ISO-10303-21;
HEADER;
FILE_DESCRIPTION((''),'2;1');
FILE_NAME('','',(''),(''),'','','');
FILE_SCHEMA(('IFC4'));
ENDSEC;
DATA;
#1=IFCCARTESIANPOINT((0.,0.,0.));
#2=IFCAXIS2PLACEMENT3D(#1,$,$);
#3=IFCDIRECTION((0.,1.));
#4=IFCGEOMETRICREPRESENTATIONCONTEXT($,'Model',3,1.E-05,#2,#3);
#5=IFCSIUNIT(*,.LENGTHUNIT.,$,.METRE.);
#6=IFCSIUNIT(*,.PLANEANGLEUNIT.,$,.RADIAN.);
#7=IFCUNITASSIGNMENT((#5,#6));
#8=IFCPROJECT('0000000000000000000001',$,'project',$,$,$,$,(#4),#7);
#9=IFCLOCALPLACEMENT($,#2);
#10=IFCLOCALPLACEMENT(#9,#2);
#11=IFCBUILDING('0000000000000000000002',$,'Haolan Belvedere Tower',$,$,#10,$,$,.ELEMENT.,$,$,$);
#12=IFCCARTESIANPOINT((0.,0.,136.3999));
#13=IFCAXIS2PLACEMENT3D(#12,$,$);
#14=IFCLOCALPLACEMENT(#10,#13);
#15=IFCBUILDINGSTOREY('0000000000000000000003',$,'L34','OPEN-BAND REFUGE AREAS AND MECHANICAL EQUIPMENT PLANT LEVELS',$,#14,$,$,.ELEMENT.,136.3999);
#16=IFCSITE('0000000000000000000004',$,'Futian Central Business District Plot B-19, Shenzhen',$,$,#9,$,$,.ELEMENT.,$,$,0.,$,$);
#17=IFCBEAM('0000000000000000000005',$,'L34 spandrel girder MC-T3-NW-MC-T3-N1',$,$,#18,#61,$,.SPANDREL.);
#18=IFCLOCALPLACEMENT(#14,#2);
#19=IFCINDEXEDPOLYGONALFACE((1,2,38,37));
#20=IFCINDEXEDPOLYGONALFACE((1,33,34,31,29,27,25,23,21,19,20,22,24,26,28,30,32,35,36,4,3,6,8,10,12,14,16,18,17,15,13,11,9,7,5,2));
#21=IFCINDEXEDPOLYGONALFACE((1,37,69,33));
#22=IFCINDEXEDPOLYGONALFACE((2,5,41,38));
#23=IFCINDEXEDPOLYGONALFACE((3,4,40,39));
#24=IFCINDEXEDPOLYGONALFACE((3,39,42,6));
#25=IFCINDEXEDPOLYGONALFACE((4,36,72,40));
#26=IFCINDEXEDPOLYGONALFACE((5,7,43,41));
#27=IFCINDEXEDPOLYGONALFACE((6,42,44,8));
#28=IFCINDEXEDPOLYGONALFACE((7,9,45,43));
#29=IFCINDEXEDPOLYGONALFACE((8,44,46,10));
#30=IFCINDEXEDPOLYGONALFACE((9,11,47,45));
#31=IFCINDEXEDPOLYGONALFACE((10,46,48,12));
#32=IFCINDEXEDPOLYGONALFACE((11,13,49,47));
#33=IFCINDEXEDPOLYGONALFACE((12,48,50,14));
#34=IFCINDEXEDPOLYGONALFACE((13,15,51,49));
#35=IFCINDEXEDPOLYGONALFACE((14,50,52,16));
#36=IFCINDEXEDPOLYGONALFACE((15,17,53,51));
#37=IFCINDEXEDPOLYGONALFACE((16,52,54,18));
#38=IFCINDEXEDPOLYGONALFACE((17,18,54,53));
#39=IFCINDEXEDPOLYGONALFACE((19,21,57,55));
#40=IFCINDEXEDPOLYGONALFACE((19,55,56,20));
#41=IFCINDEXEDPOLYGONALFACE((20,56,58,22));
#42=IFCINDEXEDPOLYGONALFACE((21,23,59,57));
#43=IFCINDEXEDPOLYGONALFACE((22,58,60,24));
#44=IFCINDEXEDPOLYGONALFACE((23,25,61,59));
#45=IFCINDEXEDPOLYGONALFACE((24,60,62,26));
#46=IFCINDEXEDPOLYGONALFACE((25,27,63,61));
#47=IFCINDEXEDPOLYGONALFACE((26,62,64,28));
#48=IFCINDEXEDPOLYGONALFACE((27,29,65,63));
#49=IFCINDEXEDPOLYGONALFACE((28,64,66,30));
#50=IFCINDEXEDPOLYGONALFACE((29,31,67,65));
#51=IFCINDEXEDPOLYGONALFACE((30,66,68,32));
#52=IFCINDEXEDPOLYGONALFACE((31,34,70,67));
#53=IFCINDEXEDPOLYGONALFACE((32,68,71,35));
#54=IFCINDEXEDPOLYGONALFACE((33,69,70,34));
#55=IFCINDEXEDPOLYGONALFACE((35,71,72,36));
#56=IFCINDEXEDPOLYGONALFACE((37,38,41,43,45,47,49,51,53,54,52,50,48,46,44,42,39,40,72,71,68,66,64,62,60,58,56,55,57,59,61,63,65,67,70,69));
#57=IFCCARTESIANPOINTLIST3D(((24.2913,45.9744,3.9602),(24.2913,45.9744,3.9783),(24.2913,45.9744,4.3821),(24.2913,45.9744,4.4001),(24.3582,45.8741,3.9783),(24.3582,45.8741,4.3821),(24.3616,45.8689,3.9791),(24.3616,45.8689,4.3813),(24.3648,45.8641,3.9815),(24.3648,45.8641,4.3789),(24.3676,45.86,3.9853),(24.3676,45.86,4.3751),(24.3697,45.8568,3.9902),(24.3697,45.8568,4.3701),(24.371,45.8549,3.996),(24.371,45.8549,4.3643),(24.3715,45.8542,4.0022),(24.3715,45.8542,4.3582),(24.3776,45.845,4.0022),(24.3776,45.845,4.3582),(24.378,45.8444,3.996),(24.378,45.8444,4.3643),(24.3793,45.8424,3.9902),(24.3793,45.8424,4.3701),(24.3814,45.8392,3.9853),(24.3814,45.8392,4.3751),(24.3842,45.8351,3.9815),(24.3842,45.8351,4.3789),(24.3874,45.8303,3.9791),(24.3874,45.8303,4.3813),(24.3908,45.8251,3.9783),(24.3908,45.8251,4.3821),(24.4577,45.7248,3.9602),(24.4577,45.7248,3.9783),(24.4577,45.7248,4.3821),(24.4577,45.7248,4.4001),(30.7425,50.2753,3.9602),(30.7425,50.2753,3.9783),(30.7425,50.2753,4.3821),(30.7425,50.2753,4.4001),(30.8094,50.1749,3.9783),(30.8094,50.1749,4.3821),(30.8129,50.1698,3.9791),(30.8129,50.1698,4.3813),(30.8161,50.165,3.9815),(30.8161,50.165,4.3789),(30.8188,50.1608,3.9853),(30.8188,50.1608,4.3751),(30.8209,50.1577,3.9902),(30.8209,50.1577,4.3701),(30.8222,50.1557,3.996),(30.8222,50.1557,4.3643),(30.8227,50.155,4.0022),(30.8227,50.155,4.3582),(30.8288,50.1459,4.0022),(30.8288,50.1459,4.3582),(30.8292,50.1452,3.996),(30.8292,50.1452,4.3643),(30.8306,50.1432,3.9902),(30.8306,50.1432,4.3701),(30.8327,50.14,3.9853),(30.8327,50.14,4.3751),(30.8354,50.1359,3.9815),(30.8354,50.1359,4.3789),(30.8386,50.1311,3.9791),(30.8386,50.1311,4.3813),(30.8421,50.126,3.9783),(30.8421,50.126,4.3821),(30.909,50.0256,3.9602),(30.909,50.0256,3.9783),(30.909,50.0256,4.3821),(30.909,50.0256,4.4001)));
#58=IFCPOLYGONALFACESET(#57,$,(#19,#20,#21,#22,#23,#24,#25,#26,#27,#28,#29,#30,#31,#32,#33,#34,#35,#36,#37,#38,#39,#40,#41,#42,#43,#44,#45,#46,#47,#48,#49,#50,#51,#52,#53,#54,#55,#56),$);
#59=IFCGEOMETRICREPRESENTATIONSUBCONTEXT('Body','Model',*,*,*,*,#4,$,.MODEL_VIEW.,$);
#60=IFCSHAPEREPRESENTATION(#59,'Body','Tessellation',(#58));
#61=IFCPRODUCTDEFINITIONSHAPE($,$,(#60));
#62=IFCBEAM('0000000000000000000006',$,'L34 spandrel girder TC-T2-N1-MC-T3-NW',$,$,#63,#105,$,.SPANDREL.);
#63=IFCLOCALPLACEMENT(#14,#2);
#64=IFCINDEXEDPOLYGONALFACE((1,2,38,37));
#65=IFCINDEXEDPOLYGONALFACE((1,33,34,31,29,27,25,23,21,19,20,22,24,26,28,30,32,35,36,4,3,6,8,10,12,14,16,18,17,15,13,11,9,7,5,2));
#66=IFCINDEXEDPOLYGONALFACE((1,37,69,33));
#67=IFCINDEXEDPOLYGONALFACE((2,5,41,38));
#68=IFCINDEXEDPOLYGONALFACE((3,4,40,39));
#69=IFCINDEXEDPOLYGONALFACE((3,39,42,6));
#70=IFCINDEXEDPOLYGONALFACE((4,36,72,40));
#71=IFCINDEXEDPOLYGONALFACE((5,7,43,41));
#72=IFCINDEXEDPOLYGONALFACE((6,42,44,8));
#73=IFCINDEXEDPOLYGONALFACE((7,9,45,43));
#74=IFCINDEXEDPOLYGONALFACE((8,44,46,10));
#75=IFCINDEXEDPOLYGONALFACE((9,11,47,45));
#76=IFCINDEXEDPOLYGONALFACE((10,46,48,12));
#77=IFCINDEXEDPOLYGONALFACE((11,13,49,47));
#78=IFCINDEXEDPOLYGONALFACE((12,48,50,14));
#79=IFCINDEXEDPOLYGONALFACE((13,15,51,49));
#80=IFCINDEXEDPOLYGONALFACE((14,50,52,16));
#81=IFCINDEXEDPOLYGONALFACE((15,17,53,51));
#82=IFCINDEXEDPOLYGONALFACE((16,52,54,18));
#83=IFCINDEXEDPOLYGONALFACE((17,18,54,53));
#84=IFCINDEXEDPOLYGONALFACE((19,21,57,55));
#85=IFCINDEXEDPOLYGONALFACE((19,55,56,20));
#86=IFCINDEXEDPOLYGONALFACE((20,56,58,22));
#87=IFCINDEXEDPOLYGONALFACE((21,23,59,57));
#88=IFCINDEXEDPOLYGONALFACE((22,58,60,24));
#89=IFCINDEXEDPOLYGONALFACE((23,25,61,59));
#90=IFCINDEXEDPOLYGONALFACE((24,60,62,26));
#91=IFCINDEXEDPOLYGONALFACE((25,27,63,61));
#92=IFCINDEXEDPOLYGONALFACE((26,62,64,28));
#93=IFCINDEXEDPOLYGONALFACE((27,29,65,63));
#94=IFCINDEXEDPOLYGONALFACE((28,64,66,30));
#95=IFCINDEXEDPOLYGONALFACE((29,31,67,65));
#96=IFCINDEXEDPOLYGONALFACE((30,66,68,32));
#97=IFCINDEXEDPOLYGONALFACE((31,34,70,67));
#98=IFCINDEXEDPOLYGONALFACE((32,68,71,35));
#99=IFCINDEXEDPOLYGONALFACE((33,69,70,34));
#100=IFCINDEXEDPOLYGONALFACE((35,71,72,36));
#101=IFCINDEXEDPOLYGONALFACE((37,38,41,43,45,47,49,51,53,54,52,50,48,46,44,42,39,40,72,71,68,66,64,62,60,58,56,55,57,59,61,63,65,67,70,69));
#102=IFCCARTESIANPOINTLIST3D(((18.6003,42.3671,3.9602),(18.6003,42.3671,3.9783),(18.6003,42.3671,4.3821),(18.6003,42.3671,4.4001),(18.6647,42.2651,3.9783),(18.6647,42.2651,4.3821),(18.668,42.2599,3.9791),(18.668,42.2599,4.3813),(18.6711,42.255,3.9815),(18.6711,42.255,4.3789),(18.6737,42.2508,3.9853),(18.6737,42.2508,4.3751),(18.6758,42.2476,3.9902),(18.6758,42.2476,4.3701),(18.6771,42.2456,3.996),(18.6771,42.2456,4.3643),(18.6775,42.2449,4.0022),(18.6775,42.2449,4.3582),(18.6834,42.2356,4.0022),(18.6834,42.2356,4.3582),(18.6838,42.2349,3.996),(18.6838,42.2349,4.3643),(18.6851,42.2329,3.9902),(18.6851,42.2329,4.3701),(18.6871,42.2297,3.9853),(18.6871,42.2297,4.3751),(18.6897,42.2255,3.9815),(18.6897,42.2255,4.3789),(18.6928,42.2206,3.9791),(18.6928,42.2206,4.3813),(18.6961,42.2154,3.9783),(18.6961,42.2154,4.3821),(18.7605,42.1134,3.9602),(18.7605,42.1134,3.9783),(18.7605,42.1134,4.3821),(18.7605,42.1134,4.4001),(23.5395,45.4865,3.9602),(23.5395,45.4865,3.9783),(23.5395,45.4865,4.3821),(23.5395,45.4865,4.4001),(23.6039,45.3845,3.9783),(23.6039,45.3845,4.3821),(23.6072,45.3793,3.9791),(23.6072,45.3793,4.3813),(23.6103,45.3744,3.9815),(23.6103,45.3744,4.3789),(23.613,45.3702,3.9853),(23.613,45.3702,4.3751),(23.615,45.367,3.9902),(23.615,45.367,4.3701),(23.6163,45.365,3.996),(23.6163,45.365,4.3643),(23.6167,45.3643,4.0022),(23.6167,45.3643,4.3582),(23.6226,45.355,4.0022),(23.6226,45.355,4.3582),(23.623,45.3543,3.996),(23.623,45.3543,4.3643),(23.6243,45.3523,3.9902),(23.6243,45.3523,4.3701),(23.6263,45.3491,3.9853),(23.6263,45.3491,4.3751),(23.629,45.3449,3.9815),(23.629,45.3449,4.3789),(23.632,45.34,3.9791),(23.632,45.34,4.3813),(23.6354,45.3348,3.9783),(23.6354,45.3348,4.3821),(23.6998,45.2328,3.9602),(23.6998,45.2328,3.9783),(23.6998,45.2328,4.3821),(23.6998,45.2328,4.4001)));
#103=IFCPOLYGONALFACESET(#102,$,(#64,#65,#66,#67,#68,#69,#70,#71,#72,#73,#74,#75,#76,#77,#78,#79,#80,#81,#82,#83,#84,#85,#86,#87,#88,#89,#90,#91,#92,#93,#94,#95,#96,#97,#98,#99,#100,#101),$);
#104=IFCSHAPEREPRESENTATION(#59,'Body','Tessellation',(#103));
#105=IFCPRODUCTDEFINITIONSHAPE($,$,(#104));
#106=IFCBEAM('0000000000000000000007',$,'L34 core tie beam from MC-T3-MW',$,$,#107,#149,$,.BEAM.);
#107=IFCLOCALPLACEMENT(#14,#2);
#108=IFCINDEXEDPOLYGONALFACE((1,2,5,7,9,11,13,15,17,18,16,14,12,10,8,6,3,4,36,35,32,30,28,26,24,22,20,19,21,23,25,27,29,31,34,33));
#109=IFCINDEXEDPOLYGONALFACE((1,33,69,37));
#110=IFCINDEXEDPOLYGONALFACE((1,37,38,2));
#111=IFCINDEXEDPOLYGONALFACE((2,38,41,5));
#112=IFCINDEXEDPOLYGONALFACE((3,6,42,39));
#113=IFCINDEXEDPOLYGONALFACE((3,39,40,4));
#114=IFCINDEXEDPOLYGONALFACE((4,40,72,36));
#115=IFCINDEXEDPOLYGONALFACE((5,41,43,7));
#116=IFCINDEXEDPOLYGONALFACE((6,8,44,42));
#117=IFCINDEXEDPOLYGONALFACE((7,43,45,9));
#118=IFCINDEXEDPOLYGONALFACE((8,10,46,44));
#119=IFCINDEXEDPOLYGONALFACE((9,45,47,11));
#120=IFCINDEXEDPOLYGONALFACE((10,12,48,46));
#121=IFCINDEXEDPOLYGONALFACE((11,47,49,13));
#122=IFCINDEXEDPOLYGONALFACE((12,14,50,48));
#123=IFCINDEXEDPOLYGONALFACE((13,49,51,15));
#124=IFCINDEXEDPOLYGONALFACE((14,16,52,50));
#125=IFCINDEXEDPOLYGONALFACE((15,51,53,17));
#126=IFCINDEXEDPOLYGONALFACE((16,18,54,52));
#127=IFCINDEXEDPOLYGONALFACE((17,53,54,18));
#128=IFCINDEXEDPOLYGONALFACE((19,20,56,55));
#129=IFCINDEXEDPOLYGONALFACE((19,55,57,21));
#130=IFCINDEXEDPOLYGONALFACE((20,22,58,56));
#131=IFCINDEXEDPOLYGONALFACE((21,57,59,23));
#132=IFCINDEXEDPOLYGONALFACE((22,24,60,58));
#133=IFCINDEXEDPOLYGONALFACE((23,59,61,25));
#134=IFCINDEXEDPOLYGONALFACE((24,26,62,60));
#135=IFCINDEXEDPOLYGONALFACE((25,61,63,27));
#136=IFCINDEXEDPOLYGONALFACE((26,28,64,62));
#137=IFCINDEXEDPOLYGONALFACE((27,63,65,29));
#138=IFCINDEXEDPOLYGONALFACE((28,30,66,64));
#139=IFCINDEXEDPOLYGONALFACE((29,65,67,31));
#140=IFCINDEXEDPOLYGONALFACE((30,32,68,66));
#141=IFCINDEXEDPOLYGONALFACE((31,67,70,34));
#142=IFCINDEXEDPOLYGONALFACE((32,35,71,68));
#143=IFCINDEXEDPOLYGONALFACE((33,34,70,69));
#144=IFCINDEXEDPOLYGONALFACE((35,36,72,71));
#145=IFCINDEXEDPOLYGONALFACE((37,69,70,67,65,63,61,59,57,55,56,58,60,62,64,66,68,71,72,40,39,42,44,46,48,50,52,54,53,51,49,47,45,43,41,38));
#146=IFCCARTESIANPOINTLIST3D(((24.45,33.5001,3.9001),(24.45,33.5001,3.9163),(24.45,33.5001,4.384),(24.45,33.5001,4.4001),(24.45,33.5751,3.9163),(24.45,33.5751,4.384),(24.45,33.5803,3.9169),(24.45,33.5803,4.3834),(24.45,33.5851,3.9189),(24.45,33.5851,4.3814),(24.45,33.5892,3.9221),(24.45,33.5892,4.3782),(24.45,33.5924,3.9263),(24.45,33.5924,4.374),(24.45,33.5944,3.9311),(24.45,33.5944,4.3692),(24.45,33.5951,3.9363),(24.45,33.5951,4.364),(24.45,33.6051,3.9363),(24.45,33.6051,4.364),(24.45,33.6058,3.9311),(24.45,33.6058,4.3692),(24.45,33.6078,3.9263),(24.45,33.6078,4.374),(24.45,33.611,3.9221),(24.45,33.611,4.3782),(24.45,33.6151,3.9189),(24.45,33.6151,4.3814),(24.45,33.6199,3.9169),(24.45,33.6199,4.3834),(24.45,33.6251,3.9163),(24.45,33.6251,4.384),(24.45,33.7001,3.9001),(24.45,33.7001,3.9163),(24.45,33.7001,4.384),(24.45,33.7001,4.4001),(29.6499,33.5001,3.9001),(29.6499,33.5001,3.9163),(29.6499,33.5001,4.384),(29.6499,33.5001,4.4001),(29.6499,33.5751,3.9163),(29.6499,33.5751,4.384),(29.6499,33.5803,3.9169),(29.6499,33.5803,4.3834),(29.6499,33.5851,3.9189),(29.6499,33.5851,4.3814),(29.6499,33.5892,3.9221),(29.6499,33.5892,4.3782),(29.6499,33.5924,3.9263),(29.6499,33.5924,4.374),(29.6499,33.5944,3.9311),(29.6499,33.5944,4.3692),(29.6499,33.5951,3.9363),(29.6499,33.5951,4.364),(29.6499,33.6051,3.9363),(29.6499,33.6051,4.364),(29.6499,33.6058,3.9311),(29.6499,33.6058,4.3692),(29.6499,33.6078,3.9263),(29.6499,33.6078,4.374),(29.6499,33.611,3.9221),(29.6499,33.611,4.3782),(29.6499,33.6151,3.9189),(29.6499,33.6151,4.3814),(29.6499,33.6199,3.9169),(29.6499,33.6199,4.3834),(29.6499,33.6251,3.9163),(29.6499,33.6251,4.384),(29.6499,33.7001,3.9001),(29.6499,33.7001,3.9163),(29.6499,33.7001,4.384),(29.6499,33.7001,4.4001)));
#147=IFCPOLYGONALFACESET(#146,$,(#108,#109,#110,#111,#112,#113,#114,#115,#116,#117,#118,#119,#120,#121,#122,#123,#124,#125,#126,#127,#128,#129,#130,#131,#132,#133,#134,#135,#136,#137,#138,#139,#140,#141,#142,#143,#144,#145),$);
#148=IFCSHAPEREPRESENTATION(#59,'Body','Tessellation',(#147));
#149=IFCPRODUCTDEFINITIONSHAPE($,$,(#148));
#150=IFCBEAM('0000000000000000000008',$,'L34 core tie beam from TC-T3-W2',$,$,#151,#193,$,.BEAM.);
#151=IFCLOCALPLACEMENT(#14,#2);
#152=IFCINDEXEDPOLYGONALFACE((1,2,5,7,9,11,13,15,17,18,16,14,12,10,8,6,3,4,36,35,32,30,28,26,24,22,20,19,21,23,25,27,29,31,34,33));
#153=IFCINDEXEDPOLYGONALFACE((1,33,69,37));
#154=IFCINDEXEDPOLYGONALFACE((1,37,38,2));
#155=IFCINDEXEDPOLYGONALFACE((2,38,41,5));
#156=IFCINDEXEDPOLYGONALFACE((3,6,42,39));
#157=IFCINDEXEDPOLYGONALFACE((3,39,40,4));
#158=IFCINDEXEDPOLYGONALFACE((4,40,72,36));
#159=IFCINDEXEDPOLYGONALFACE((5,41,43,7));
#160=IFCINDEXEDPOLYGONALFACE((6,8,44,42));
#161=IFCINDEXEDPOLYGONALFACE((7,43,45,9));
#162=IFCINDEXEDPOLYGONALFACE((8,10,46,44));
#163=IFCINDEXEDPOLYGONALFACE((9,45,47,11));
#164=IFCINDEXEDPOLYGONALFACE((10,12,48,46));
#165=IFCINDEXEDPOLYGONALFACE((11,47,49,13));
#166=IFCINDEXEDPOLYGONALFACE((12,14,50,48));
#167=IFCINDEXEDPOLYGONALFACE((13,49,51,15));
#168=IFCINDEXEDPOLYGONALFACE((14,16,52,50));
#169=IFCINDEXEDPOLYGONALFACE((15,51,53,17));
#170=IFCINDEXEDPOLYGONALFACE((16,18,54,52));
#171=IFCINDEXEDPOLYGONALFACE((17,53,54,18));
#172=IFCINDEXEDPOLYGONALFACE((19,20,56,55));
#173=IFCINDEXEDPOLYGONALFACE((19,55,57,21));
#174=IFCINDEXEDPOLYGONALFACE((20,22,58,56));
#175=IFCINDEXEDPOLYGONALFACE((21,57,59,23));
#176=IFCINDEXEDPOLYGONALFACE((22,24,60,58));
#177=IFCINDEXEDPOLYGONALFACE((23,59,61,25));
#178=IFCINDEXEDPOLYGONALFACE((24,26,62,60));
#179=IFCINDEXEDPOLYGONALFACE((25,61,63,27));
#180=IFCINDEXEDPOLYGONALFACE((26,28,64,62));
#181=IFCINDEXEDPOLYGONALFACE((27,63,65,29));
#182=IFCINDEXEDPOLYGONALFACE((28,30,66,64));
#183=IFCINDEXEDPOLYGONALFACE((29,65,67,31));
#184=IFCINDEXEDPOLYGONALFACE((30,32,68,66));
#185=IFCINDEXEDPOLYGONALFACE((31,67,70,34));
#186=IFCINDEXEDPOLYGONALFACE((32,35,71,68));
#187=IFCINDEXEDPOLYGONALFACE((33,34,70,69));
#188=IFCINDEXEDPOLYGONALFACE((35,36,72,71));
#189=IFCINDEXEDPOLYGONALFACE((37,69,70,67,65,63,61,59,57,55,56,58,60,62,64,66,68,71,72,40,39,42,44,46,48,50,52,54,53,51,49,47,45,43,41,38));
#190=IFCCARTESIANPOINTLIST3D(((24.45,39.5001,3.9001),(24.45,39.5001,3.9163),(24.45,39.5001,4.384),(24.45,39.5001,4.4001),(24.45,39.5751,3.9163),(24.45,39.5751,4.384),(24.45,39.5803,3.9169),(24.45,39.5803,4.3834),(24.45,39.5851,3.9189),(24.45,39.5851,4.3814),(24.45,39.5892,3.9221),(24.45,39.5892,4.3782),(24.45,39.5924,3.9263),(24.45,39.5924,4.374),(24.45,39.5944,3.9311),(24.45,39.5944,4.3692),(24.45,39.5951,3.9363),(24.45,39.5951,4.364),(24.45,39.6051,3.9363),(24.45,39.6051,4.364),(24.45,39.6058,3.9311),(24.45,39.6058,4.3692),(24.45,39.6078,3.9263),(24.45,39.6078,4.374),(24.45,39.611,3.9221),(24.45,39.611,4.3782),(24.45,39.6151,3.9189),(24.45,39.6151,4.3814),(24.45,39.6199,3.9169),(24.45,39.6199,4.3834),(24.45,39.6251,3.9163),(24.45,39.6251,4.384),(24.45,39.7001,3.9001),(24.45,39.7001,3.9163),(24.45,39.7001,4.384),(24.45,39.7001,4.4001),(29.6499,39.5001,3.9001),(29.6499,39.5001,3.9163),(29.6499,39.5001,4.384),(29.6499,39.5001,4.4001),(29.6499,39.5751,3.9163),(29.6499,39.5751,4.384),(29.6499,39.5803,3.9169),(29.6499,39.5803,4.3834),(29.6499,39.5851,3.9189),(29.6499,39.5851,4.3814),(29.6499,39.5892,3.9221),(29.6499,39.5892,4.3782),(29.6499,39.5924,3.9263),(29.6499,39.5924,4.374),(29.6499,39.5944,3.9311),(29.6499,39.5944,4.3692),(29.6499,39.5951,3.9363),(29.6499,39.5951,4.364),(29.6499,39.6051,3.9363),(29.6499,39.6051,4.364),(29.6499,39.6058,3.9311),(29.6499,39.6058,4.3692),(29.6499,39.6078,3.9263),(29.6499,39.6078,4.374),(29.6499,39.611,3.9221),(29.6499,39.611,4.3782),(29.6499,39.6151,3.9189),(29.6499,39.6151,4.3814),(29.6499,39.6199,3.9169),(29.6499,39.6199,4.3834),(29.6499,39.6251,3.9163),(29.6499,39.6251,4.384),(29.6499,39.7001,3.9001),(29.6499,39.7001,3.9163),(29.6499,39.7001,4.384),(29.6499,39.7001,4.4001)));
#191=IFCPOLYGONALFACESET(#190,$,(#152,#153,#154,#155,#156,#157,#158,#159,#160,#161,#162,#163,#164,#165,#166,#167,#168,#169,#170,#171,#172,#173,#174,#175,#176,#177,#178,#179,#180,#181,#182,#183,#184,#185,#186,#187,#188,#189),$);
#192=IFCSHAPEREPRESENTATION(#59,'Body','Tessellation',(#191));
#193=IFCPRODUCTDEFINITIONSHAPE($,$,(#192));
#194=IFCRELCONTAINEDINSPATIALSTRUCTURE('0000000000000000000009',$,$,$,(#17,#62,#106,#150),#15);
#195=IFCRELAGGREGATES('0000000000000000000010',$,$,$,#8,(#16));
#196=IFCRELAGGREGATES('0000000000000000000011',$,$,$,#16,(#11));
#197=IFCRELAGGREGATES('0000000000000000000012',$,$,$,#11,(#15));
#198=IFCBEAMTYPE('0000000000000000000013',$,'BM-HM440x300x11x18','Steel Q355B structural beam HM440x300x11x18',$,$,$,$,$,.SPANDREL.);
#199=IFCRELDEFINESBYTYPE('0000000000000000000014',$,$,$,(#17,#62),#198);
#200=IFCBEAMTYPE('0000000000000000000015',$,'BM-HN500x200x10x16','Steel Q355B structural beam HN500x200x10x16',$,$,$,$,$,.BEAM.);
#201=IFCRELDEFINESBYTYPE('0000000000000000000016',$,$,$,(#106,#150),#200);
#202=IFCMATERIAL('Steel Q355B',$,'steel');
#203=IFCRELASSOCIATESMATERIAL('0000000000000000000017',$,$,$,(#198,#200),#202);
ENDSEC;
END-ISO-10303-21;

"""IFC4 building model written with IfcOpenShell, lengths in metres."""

from ifc_helpers import new_model, si_unit, direction, frame, origin, origin_2d, place, context, subcontext, project, spatial, i_section, extrude, material, material_profile, profile_set, type_object, element, save


model = new_model("IFC4")

# Units and contexts
model_context = context("Model", 3, precision=1e-05, world=origin(), true_north=direction((0.0, 1.0)))
body_context = subcontext(model_context, "Body", "Model", "MODEL_VIEW")
ifc_project = project(units=[si_unit("LENGTHUNIT", "METRE"), si_unit("PLANEANGLEUNIT", "RADIAN")], contexts=[model_context])

# Site, building, storey
site_placement = place(None, origin())
site = spatial("IfcSite", under=ifc_project, at=site_placement, Name="Futian Central Business District Plot B-19, Shenzhen", CompositionType="ELEMENT", RefElevation=0.0)
building_placement = place(site_placement, origin())
building = spatial("IfcBuilding", under=site, at=building_placement, Name="Haolan Belvedere Tower", CompositionType="ELEMENT")
storey_placement = place(building_placement, frame((0.0, 0.0, 136.3999)))
storey = spatial("IfcBuildingStorey", under=building, at=storey_placement, Name="L34", Description="OPEN-BAND REFUGE AREAS AND MECHANICAL EQUIPMENT PLANT LEVELS", CompositionType="ELEMENT", Elevation=136.3999)

# Beams
ifc_material_1 = material(Name="Steel Q355B", Category="steel")
ifc_material_profile_1 = material_profile(ifc_material_1, i_section(OverallWidth=0.3, OverallDepth=0.4399, WebThickness=0.011, FlangeThickness=0.0181, FilletRadius=0.0239, at=origin_2d()), Name="Steel Q355B")
ifc_profile_set_1 = profile_set([ifc_material_profile_1], Name="Steel Q355B")
beam_type_1 = type_object("IfcBeamType", Name="BM-HM440x300x11x18", Description="Steel Q355B structural beam HM440x300x11x18", PredefinedType="SPANDREL", material=ifc_profile_set_1)
beam_1_placement = place(storey_placement, frame((24.3745, 45.8496, 4.1802), z_axis=(0.83205, 0.5547, 0.0), x_axis=(-0.5547, 0.83205, 0.0)))
element("IfcBeam", 1, at=beam_1_placement, inside=storey, type_object=beam_type_1, Name="L34 spandrel girder MC-T3-NW-MC-T3-N1", PredefinedType="SPANDREL", context=body_context, shape_type="SweptSolid", body=[
    extrude(i_section(OverallWidth=0.3, OverallDepth=0.4399, WebThickness=0.011, FlangeThickness=0.0181, FilletRadius=0.0239, at=origin_2d()), origin(), (0.0, 0.0, 1.0), 7.7534),
])
beam_2_placement = place(storey_placement, frame((18.6804, 42.2402, 4.1802), z_axis=(0.845498, 0.533979, 0.0), x_axis=(-0.533979, 0.845498, 0.0)))
element("IfcBeam", 2, at=beam_2_placement, inside=storey, type_object=beam_type_1, Name="L34 spandrel girder TC-T2-N1-MC-T3-NW", PredefinedType="SPANDREL", context=body_context, shape_type="SweptSolid", body=[
    extrude(i_section(OverallWidth=0.3, OverallDepth=0.4399, WebThickness=0.011, FlangeThickness=0.0181, FilletRadius=0.0239, at=origin_2d()), origin(), (0.0, 0.0, 1.0), 5.8418),
])
ifc_material_profile_2 = material_profile(ifc_material_1, i_section(OverallWidth=0.2, OverallDepth=0.5, WebThickness=0.01, FlangeThickness=0.0161, FilletRadius=0.02, at=origin_2d()), Name="Steel Q355B")
ifc_profile_set_2 = profile_set([ifc_material_profile_2], Name="Steel Q355B")
beam_type_2 = type_object("IfcBeamType", Name="BM-HN500x200x10x16", Description="Steel Q355B structural beam HN500x200x10x16", PredefinedType="BEAM", material=ifc_profile_set_2)
for number, where, z_axis, x_axis, name in (
    (3, (24.45, 33.6001, 4.1501), (1.0, 0.0, 0.0), (0.0, 1.0, 0.0), "L34 core tie beam from MC-T3-MW"),
    (4, (24.45, 39.6001, 4.1501), (1.0, 0.0, 0.0), (0.0, 1.0, 0.0), "L34 core tie beam from TC-T3-W2"),
):
    element("IfcBeam", number, at=place(storey_placement, frame(where, z_axis=z_axis, x_axis=x_axis)), inside=storey, type_object=beam_type_2, Name=name, PredefinedType="BEAM", context=body_context, shape_type="SweptSolid", body=[
        extrude(i_section(OverallWidth=0.2, OverallDepth=0.5, WebThickness=0.01, FlangeThickness=0.0161, FilletRadius=0.02, at=origin_2d()), origin(), (0.0, 0.0, 1.0), 5.2),
    ])

save(model, "model.ifc")
